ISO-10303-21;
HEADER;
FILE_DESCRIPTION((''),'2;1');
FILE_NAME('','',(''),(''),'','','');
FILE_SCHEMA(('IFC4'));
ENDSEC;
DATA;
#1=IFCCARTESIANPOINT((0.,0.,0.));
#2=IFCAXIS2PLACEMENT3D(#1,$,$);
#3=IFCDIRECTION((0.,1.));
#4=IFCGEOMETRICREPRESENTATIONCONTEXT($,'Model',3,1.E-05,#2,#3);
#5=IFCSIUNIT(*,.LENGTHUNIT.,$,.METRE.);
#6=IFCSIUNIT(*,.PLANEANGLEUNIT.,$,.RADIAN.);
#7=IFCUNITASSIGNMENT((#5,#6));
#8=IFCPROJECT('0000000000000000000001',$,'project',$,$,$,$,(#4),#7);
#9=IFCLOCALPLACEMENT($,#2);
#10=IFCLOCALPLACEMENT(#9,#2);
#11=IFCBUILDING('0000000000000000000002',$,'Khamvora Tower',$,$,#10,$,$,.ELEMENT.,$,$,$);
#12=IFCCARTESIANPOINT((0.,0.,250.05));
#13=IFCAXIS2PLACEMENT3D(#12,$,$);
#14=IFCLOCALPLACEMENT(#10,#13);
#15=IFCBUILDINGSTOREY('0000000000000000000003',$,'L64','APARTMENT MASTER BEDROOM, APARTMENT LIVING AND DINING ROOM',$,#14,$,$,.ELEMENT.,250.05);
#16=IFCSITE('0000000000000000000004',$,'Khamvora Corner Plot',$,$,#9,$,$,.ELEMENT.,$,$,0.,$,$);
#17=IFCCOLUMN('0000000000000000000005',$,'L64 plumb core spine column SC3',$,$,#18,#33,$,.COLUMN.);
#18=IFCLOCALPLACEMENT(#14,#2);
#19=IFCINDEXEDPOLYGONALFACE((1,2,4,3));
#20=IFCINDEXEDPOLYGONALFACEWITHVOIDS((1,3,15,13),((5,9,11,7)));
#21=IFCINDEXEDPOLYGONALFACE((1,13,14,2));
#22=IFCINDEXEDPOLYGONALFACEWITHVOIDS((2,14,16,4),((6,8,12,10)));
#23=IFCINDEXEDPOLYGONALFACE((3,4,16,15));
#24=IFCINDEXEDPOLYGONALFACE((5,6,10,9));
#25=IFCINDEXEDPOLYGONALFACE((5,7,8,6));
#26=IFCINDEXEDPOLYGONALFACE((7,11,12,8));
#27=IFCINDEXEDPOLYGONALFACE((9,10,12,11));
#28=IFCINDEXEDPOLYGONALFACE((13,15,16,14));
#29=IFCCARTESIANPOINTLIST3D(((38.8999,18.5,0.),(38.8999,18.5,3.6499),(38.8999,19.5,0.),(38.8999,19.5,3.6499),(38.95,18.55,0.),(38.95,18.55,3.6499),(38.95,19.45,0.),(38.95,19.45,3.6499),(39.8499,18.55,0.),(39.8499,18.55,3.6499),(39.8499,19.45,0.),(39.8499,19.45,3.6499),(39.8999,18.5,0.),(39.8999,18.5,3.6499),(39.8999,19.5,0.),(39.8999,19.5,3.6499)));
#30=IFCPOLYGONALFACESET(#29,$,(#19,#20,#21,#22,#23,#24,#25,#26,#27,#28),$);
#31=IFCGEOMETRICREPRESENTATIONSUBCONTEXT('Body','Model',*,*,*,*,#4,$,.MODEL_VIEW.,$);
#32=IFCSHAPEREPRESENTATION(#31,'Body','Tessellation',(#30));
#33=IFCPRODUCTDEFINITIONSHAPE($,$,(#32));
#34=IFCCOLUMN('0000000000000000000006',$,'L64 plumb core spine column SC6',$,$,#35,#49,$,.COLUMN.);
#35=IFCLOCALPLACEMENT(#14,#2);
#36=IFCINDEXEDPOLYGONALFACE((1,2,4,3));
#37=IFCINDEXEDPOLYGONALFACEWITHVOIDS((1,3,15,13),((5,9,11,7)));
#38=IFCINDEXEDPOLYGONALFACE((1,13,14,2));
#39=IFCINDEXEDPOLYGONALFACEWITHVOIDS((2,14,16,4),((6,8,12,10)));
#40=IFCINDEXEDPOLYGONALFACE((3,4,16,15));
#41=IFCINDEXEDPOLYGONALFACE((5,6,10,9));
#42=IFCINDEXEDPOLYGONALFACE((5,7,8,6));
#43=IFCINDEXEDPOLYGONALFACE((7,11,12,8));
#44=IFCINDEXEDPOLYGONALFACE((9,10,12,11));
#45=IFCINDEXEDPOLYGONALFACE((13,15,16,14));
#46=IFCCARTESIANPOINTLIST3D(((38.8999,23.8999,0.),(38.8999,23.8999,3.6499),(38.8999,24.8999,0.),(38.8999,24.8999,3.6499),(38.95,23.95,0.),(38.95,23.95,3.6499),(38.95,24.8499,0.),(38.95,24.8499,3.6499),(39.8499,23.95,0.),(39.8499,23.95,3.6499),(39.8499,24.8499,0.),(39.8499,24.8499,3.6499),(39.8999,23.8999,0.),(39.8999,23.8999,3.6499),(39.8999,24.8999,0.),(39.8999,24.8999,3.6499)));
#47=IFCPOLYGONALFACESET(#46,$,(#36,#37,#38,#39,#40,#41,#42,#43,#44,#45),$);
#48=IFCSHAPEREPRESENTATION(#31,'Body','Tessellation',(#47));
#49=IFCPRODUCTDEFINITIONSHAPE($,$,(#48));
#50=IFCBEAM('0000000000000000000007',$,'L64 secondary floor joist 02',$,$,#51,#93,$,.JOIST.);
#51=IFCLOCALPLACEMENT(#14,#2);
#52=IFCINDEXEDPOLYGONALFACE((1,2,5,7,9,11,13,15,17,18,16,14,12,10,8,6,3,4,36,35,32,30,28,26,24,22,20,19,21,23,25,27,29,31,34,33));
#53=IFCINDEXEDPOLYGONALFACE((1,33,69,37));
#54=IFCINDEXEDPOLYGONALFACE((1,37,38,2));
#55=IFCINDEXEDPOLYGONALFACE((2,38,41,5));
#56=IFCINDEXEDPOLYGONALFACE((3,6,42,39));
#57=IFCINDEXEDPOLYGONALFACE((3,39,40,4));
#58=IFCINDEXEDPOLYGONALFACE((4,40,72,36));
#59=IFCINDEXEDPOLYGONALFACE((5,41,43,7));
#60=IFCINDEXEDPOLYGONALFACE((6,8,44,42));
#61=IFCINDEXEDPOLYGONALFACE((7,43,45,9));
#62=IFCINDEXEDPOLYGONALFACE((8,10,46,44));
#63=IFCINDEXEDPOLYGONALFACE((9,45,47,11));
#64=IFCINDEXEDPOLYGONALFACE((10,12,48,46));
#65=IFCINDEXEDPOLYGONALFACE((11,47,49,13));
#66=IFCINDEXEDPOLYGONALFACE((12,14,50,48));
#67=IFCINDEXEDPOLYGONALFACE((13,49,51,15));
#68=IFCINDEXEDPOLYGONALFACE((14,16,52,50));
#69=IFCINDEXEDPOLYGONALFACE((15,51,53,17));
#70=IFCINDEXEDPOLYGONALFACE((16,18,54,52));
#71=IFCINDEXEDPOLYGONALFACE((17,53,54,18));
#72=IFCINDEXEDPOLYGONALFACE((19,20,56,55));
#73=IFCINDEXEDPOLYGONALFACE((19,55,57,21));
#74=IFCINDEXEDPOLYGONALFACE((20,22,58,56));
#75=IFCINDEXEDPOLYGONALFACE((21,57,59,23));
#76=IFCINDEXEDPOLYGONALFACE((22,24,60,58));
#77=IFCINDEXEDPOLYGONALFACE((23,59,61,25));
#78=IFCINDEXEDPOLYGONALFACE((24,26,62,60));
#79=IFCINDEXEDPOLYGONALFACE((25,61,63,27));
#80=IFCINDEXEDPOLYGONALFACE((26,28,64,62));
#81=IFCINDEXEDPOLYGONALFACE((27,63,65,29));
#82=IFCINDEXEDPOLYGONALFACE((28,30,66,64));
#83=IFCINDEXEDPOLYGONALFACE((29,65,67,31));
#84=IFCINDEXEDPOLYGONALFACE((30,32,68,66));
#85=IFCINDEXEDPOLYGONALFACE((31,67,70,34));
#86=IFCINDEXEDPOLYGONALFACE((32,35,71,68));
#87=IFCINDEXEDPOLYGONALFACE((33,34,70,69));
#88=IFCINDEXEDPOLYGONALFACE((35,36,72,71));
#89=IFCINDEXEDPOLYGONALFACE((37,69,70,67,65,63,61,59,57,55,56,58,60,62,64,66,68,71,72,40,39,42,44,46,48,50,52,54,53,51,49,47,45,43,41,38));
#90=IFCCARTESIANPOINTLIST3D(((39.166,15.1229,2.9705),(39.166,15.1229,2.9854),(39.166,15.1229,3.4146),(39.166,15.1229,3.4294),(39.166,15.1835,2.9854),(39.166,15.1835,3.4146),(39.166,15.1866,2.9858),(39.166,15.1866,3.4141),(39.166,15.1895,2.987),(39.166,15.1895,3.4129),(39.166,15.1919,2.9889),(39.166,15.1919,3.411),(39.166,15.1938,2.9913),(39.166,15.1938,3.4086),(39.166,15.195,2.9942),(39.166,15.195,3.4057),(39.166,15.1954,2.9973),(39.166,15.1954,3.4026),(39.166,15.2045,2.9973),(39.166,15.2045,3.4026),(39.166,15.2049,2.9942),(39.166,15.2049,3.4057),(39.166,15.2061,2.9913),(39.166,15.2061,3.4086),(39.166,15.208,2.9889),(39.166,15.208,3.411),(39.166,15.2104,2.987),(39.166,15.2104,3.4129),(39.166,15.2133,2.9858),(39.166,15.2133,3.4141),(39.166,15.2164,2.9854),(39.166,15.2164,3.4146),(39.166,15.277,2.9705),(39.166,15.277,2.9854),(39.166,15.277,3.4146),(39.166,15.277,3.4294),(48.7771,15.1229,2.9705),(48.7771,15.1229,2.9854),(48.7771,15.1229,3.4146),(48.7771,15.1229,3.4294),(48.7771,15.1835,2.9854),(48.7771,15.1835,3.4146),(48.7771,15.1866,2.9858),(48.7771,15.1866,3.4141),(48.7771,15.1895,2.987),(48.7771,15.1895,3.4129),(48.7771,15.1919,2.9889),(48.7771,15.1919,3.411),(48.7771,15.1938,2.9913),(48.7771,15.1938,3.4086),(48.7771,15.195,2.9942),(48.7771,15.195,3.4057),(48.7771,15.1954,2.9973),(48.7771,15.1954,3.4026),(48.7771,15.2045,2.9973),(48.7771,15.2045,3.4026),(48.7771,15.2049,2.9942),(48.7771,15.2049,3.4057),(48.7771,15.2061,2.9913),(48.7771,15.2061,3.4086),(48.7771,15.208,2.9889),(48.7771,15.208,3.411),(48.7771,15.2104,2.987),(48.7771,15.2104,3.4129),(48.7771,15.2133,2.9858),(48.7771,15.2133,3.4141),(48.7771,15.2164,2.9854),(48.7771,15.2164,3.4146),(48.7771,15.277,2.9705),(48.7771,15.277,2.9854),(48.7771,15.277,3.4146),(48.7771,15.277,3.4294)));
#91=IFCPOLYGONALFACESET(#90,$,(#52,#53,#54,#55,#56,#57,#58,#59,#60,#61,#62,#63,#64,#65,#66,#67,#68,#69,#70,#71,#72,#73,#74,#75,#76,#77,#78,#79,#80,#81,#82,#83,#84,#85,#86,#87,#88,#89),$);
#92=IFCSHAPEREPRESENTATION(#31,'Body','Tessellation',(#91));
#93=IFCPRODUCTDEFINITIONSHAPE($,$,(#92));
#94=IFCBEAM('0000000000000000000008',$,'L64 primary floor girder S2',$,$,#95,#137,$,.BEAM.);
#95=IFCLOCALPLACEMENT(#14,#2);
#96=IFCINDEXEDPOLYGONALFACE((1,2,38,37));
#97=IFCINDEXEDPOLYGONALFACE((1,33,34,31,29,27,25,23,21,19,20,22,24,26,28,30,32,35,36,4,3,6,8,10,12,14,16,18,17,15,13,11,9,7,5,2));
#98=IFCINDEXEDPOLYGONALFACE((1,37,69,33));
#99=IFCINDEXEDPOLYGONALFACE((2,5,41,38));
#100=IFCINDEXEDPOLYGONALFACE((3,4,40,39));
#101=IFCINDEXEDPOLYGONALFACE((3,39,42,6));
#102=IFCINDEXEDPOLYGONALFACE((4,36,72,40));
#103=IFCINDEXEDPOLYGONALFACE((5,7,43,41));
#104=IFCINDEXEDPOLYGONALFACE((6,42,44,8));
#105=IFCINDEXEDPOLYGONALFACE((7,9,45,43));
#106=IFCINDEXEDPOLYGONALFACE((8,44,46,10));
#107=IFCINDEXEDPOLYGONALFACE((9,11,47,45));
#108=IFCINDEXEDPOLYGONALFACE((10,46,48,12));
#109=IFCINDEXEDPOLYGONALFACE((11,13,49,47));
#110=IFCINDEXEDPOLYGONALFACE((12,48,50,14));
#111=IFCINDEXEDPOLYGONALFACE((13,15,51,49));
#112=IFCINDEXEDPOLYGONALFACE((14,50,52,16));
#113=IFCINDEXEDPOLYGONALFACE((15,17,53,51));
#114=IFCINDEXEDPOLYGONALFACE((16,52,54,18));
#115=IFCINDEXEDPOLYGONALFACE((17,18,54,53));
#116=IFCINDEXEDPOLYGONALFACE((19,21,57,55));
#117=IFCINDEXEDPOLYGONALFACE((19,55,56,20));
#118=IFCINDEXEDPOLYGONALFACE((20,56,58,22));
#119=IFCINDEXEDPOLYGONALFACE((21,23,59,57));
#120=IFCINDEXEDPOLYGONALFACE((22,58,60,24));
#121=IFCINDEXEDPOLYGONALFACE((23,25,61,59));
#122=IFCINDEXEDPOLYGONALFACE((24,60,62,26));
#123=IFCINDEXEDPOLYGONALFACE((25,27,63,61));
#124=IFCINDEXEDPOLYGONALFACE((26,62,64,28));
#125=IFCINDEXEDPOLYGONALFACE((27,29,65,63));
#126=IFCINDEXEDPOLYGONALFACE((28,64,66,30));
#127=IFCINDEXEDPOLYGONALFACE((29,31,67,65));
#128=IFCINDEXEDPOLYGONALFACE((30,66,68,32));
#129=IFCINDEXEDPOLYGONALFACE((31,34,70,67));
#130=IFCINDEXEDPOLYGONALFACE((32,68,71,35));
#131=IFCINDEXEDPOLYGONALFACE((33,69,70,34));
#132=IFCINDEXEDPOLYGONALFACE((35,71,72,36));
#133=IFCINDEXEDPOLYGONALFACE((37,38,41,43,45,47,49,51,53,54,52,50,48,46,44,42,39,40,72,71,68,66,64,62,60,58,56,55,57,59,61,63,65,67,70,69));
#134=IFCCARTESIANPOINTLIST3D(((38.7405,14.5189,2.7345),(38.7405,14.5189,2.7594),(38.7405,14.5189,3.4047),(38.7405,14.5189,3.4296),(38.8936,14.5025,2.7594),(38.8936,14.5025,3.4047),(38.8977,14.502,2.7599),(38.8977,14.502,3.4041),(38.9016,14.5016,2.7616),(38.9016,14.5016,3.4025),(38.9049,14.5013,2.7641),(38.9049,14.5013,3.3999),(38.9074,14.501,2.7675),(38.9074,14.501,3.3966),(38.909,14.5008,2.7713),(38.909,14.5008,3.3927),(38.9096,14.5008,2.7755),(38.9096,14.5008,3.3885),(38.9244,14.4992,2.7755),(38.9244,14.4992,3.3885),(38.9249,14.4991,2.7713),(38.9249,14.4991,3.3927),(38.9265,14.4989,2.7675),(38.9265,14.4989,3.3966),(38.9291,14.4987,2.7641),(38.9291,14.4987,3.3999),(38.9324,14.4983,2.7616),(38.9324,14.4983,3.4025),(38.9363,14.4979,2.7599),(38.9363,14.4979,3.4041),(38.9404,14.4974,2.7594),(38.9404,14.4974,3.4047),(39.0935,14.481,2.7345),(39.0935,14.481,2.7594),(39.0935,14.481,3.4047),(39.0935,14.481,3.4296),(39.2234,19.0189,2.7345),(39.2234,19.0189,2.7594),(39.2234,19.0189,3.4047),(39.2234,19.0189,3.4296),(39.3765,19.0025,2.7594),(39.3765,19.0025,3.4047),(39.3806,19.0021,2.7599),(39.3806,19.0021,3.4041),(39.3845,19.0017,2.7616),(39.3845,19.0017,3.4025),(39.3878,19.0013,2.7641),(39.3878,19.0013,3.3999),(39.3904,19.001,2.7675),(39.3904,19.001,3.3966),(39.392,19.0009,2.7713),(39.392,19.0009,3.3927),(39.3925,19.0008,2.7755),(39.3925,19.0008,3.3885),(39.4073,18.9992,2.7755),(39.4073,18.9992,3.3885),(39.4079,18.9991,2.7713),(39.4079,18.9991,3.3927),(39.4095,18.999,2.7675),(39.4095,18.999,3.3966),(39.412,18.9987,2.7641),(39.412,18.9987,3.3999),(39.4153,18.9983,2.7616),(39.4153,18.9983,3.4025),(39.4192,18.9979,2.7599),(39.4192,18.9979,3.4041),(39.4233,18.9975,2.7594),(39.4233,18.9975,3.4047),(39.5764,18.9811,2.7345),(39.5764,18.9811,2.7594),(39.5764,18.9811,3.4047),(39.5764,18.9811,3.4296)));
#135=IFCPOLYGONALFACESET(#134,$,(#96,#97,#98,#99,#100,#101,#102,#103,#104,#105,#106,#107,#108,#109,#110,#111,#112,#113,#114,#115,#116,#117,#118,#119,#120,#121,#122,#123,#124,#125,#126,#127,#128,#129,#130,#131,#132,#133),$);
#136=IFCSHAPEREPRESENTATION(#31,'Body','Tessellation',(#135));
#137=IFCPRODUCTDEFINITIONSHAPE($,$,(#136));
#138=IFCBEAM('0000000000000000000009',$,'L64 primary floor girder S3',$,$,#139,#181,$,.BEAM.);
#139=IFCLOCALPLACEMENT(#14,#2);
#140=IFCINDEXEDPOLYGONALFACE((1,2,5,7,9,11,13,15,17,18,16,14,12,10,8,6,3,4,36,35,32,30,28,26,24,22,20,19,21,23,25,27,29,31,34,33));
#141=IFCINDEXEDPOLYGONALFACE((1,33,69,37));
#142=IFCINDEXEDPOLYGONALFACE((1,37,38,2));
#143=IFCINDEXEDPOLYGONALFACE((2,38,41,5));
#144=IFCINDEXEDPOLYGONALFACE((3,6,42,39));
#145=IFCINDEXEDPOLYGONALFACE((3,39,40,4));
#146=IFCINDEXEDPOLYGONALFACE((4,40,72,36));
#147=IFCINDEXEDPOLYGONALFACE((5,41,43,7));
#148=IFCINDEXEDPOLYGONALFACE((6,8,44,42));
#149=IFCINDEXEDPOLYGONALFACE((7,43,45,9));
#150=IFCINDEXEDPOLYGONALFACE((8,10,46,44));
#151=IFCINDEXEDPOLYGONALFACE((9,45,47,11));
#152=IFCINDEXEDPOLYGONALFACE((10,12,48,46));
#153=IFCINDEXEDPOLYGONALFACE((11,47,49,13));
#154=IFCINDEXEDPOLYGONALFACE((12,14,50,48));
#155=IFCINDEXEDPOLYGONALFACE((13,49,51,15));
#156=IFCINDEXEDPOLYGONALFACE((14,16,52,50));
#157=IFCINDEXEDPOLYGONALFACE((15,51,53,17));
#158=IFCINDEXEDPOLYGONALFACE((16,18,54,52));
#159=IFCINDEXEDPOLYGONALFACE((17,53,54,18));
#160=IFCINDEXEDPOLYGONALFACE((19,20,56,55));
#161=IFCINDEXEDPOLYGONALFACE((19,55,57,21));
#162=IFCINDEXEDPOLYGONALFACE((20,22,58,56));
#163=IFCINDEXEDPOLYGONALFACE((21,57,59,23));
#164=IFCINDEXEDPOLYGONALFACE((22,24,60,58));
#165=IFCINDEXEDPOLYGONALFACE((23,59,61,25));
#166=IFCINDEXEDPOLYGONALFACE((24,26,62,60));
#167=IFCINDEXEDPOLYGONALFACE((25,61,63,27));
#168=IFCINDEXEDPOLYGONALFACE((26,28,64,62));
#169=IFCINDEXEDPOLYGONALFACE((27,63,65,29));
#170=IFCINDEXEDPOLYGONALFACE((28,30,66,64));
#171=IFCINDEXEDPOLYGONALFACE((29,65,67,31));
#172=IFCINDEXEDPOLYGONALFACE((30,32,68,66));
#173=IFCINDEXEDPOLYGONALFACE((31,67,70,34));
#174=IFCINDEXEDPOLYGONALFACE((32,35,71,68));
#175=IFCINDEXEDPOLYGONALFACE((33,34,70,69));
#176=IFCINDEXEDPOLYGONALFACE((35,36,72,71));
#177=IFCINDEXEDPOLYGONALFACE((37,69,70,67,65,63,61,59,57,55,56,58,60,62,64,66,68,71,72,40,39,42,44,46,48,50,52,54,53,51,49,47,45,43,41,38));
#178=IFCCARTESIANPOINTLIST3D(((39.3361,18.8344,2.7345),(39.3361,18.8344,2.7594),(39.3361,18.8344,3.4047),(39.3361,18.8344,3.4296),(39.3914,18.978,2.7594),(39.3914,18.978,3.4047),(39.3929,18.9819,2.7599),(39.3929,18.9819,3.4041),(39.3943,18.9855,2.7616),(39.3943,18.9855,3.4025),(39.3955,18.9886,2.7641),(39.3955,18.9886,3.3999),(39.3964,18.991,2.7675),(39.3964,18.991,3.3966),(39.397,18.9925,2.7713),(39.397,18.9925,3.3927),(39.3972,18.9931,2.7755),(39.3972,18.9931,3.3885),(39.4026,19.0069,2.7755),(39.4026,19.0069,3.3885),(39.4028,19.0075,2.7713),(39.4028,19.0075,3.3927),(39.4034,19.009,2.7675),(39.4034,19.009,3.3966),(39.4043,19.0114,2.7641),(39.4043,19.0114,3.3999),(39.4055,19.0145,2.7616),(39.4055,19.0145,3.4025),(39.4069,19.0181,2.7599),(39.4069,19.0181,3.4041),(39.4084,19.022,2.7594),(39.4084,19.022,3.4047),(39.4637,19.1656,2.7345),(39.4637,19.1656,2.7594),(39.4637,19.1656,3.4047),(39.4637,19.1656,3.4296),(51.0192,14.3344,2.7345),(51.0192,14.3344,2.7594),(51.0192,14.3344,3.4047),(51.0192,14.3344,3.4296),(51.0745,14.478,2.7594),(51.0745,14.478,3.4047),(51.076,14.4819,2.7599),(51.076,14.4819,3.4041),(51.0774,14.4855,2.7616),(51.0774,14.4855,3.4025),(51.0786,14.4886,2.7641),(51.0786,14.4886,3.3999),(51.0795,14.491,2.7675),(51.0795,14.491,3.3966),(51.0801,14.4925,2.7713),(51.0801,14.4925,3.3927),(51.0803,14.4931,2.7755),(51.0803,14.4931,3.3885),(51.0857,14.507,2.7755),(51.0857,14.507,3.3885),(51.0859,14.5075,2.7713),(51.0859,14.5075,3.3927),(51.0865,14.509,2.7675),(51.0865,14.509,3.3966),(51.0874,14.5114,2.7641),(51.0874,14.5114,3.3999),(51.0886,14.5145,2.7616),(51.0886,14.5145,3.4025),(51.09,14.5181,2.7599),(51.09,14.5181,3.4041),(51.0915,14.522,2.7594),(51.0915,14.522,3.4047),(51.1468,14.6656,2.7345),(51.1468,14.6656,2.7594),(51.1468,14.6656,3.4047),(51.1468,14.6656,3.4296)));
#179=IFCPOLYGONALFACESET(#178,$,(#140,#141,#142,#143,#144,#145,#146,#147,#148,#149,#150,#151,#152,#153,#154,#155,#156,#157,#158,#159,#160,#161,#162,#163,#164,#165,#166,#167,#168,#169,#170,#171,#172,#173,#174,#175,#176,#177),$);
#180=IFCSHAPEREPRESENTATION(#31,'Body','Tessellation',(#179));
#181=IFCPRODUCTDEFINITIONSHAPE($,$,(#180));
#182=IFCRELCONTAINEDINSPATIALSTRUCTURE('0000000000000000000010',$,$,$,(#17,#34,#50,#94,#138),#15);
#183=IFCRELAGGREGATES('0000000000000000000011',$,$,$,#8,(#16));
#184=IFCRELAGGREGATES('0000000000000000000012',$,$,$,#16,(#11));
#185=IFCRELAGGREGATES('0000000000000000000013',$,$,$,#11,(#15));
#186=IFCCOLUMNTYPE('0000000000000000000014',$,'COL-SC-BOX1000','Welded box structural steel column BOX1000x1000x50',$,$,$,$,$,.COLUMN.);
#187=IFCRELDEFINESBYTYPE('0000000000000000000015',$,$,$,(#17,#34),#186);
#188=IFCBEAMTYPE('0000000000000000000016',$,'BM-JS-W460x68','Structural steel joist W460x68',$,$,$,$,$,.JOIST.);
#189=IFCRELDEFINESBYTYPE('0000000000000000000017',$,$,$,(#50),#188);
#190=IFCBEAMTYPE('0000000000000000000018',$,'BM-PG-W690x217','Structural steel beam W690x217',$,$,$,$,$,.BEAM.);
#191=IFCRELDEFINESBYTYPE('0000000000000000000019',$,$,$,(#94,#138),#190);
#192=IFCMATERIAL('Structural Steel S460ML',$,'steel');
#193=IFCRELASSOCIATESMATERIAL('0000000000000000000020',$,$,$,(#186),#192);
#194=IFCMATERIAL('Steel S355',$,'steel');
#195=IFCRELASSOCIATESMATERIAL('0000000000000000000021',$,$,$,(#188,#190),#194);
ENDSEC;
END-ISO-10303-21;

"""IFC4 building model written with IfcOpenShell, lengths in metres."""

from ifc_helpers import new_model, si_unit, direction, frame, origin, origin_2d, place, context, subcontext, project, spatial, hollow_rectangle, i_section, extrude, material, material_profile, profile_set, type_object, element, save


model = new_model("IFC4")

# Units and contexts
model_context = context("Model", 3, precision=1e-05, world=origin(), true_north=direction((0.0, 1.0)))
body_context = subcontext(model_context, "Body", "Model", "MODEL_VIEW")
ifc_project = project(units=[si_unit("LENGTHUNIT", "METRE"), si_unit("PLANEANGLEUNIT", "RADIAN")], contexts=[model_context])

# Site, building, storey
site_placement = place(None, origin())
site = spatial("IfcSite", under=ifc_project, at=site_placement, Name="Khamvora Corner Plot", CompositionType="ELEMENT", RefElevation=0.0)
building_placement = place(site_placement, origin())
building = spatial("IfcBuilding", under=site, at=building_placement, Name="Khamvora Tower", CompositionType="ELEMENT")
storey_placement = place(building_placement, frame((0.0, 0.0, 250.05)))
storey = spatial("IfcBuildingStorey", under=building, at=storey_placement, Name="L64", Description="APARTMENT MASTER BEDROOM, APARTMENT LIVING AND DINING ROOM", CompositionType="ELEMENT", Elevation=250.05)

# Columns
ifc_material_1 = material(Name="Structural Steel S460ML", Category="steel")
ifc_material_profile_1 = material_profile(ifc_material_1, hollow_rectangle(XDim=1.0, YDim=1.0, WallThickness=0.05, at=origin_2d()), Name="BOX1000x1000x50")
ifc_profile_set_1 = profile_set([ifc_material_profile_1], Name="Structural Steel S460ML")
column_type = type_object("IfcColumnType", Name="COL-SC-BOX1000", Description="Welded box structural steel column BOX1000x1000x50", PredefinedType="COLUMN", material=ifc_profile_set_1)
for number, where, z_axis, x_axis, name in (
    (1, (39.3999, 19.0, 0.0), (0.0, 0.0, 1.0), (1.0, 0.0, 0.0), "L64 plumb core spine column SC3"),
    (2, (39.3999, 24.3999, 0.0), (0.0, 0.0, 1.0), (1.0, 0.0, 0.0), "L64 plumb core spine column SC6"),
):
    element("IfcColumn", number, at=place(storey_placement, frame(where, z_axis=z_axis, x_axis=x_axis)), inside=storey, type_object=column_type, Name=name, PredefinedType="COLUMN", context=body_context, shape_type="SweptSolid", body=[
        extrude(hollow_rectangle(XDim=1.0, YDim=1.0, WallThickness=0.05, at=origin_2d()), origin(), (0.0, 0.0, 1.0), 3.6499),
    ])

# Beams
ifc_material_2 = material(Name="Steel S355", Category="steel")
ifc_material_profile_2 = material_profile(ifc_material_2, i_section(OverallWidth=0.1541, OverallDepth=0.459, WebThickness=0.009, FlangeThickness=0.0149, FilletRadius=0.012, at=origin_2d()), Name="W460x68")
ifc_profile_set_2 = profile_set([ifc_material_profile_2], Name="Steel S355")
beam_type_1 = type_object("IfcBeamType", Name="BM-JS-W460x68", Description="Structural steel joist W460x68", PredefinedType="JOIST", material=ifc_profile_set_2)
beam_1_placement = place(storey_placement, frame((39.166, 15.2, 3.2), z_axis=(1.0, 0.0, 0.0), x_axis=(0.0, 1.0, 0.0)))
element("IfcBeam", 3, at=beam_1_placement, inside=storey, type_object=beam_type_1, Name="L64 secondary floor joist 02", PredefinedType="JOIST", context=body_context, shape_type="SweptSolid", body=[
    extrude(i_section(OverallWidth=0.1541, OverallDepth=0.459, WebThickness=0.009, FlangeThickness=0.0149, FilletRadius=0.012, at=origin_2d()), origin(), (0.0, 0.0, 1.0), 9.6111),
])
ifc_material_profile_3 = material_profile(ifc_material_2, i_section(OverallWidth=0.355, OverallDepth=0.6951, WebThickness=0.0149, FlangeThickness=0.0249, FilletRadius=0.0161, at=origin_2d()), Name="W690x217")
ifc_profile_set_3 = profile_set([ifc_material_profile_3], Name="Steel S355")
beam_type_2 = type_object("IfcBeamType", Name="BM-PG-W690x217", Description="Structural steel beam W690x217", PredefinedType="BEAM", material=ifc_profile_set_3)
beam_2_placement = place(storey_placement, frame((39.3999, 19.0, 3.082), z_axis=(-0.106701, -0.994291, 0.0), x_axis=(0.994291, -0.106701, 0.0)))
element("IfcBeam", 4, at=beam_2_placement, inside=storey, type_object=beam_type_2, Name="L64 primary floor girder S2", PredefinedType="BEAM", context=body_context, shape_type="SweptSolid", body=[
    extrude(i_section(OverallWidth=0.355, OverallDepth=0.6951, WebThickness=0.0149, FlangeThickness=0.0249, FilletRadius=0.0161, at=origin_2d()), origin(), (0.0, 0.0, 1.0), 4.5259),
])
beam_3_placement = place(storey_placement, frame((39.3999, 19.0, 3.082), z_axis=(0.933172, -0.359431, 0.0), x_axis=(0.359431, 0.933172, 0.0)))
element("IfcBeam", 5, at=beam_3_placement, inside=storey, type_object=beam_type_2, Name="L64 primary floor girder S3", PredefinedType="BEAM", context=body_context, shape_type="SweptSolid", body=[
    extrude(i_section(OverallWidth=0.355, OverallDepth=0.6951, WebThickness=0.0149, FlangeThickness=0.0249, FilletRadius=0.0161, at=origin_2d()), origin(), (0.0, 0.0, 1.0), 12.5198),
])

save(model, "model.ifc")
